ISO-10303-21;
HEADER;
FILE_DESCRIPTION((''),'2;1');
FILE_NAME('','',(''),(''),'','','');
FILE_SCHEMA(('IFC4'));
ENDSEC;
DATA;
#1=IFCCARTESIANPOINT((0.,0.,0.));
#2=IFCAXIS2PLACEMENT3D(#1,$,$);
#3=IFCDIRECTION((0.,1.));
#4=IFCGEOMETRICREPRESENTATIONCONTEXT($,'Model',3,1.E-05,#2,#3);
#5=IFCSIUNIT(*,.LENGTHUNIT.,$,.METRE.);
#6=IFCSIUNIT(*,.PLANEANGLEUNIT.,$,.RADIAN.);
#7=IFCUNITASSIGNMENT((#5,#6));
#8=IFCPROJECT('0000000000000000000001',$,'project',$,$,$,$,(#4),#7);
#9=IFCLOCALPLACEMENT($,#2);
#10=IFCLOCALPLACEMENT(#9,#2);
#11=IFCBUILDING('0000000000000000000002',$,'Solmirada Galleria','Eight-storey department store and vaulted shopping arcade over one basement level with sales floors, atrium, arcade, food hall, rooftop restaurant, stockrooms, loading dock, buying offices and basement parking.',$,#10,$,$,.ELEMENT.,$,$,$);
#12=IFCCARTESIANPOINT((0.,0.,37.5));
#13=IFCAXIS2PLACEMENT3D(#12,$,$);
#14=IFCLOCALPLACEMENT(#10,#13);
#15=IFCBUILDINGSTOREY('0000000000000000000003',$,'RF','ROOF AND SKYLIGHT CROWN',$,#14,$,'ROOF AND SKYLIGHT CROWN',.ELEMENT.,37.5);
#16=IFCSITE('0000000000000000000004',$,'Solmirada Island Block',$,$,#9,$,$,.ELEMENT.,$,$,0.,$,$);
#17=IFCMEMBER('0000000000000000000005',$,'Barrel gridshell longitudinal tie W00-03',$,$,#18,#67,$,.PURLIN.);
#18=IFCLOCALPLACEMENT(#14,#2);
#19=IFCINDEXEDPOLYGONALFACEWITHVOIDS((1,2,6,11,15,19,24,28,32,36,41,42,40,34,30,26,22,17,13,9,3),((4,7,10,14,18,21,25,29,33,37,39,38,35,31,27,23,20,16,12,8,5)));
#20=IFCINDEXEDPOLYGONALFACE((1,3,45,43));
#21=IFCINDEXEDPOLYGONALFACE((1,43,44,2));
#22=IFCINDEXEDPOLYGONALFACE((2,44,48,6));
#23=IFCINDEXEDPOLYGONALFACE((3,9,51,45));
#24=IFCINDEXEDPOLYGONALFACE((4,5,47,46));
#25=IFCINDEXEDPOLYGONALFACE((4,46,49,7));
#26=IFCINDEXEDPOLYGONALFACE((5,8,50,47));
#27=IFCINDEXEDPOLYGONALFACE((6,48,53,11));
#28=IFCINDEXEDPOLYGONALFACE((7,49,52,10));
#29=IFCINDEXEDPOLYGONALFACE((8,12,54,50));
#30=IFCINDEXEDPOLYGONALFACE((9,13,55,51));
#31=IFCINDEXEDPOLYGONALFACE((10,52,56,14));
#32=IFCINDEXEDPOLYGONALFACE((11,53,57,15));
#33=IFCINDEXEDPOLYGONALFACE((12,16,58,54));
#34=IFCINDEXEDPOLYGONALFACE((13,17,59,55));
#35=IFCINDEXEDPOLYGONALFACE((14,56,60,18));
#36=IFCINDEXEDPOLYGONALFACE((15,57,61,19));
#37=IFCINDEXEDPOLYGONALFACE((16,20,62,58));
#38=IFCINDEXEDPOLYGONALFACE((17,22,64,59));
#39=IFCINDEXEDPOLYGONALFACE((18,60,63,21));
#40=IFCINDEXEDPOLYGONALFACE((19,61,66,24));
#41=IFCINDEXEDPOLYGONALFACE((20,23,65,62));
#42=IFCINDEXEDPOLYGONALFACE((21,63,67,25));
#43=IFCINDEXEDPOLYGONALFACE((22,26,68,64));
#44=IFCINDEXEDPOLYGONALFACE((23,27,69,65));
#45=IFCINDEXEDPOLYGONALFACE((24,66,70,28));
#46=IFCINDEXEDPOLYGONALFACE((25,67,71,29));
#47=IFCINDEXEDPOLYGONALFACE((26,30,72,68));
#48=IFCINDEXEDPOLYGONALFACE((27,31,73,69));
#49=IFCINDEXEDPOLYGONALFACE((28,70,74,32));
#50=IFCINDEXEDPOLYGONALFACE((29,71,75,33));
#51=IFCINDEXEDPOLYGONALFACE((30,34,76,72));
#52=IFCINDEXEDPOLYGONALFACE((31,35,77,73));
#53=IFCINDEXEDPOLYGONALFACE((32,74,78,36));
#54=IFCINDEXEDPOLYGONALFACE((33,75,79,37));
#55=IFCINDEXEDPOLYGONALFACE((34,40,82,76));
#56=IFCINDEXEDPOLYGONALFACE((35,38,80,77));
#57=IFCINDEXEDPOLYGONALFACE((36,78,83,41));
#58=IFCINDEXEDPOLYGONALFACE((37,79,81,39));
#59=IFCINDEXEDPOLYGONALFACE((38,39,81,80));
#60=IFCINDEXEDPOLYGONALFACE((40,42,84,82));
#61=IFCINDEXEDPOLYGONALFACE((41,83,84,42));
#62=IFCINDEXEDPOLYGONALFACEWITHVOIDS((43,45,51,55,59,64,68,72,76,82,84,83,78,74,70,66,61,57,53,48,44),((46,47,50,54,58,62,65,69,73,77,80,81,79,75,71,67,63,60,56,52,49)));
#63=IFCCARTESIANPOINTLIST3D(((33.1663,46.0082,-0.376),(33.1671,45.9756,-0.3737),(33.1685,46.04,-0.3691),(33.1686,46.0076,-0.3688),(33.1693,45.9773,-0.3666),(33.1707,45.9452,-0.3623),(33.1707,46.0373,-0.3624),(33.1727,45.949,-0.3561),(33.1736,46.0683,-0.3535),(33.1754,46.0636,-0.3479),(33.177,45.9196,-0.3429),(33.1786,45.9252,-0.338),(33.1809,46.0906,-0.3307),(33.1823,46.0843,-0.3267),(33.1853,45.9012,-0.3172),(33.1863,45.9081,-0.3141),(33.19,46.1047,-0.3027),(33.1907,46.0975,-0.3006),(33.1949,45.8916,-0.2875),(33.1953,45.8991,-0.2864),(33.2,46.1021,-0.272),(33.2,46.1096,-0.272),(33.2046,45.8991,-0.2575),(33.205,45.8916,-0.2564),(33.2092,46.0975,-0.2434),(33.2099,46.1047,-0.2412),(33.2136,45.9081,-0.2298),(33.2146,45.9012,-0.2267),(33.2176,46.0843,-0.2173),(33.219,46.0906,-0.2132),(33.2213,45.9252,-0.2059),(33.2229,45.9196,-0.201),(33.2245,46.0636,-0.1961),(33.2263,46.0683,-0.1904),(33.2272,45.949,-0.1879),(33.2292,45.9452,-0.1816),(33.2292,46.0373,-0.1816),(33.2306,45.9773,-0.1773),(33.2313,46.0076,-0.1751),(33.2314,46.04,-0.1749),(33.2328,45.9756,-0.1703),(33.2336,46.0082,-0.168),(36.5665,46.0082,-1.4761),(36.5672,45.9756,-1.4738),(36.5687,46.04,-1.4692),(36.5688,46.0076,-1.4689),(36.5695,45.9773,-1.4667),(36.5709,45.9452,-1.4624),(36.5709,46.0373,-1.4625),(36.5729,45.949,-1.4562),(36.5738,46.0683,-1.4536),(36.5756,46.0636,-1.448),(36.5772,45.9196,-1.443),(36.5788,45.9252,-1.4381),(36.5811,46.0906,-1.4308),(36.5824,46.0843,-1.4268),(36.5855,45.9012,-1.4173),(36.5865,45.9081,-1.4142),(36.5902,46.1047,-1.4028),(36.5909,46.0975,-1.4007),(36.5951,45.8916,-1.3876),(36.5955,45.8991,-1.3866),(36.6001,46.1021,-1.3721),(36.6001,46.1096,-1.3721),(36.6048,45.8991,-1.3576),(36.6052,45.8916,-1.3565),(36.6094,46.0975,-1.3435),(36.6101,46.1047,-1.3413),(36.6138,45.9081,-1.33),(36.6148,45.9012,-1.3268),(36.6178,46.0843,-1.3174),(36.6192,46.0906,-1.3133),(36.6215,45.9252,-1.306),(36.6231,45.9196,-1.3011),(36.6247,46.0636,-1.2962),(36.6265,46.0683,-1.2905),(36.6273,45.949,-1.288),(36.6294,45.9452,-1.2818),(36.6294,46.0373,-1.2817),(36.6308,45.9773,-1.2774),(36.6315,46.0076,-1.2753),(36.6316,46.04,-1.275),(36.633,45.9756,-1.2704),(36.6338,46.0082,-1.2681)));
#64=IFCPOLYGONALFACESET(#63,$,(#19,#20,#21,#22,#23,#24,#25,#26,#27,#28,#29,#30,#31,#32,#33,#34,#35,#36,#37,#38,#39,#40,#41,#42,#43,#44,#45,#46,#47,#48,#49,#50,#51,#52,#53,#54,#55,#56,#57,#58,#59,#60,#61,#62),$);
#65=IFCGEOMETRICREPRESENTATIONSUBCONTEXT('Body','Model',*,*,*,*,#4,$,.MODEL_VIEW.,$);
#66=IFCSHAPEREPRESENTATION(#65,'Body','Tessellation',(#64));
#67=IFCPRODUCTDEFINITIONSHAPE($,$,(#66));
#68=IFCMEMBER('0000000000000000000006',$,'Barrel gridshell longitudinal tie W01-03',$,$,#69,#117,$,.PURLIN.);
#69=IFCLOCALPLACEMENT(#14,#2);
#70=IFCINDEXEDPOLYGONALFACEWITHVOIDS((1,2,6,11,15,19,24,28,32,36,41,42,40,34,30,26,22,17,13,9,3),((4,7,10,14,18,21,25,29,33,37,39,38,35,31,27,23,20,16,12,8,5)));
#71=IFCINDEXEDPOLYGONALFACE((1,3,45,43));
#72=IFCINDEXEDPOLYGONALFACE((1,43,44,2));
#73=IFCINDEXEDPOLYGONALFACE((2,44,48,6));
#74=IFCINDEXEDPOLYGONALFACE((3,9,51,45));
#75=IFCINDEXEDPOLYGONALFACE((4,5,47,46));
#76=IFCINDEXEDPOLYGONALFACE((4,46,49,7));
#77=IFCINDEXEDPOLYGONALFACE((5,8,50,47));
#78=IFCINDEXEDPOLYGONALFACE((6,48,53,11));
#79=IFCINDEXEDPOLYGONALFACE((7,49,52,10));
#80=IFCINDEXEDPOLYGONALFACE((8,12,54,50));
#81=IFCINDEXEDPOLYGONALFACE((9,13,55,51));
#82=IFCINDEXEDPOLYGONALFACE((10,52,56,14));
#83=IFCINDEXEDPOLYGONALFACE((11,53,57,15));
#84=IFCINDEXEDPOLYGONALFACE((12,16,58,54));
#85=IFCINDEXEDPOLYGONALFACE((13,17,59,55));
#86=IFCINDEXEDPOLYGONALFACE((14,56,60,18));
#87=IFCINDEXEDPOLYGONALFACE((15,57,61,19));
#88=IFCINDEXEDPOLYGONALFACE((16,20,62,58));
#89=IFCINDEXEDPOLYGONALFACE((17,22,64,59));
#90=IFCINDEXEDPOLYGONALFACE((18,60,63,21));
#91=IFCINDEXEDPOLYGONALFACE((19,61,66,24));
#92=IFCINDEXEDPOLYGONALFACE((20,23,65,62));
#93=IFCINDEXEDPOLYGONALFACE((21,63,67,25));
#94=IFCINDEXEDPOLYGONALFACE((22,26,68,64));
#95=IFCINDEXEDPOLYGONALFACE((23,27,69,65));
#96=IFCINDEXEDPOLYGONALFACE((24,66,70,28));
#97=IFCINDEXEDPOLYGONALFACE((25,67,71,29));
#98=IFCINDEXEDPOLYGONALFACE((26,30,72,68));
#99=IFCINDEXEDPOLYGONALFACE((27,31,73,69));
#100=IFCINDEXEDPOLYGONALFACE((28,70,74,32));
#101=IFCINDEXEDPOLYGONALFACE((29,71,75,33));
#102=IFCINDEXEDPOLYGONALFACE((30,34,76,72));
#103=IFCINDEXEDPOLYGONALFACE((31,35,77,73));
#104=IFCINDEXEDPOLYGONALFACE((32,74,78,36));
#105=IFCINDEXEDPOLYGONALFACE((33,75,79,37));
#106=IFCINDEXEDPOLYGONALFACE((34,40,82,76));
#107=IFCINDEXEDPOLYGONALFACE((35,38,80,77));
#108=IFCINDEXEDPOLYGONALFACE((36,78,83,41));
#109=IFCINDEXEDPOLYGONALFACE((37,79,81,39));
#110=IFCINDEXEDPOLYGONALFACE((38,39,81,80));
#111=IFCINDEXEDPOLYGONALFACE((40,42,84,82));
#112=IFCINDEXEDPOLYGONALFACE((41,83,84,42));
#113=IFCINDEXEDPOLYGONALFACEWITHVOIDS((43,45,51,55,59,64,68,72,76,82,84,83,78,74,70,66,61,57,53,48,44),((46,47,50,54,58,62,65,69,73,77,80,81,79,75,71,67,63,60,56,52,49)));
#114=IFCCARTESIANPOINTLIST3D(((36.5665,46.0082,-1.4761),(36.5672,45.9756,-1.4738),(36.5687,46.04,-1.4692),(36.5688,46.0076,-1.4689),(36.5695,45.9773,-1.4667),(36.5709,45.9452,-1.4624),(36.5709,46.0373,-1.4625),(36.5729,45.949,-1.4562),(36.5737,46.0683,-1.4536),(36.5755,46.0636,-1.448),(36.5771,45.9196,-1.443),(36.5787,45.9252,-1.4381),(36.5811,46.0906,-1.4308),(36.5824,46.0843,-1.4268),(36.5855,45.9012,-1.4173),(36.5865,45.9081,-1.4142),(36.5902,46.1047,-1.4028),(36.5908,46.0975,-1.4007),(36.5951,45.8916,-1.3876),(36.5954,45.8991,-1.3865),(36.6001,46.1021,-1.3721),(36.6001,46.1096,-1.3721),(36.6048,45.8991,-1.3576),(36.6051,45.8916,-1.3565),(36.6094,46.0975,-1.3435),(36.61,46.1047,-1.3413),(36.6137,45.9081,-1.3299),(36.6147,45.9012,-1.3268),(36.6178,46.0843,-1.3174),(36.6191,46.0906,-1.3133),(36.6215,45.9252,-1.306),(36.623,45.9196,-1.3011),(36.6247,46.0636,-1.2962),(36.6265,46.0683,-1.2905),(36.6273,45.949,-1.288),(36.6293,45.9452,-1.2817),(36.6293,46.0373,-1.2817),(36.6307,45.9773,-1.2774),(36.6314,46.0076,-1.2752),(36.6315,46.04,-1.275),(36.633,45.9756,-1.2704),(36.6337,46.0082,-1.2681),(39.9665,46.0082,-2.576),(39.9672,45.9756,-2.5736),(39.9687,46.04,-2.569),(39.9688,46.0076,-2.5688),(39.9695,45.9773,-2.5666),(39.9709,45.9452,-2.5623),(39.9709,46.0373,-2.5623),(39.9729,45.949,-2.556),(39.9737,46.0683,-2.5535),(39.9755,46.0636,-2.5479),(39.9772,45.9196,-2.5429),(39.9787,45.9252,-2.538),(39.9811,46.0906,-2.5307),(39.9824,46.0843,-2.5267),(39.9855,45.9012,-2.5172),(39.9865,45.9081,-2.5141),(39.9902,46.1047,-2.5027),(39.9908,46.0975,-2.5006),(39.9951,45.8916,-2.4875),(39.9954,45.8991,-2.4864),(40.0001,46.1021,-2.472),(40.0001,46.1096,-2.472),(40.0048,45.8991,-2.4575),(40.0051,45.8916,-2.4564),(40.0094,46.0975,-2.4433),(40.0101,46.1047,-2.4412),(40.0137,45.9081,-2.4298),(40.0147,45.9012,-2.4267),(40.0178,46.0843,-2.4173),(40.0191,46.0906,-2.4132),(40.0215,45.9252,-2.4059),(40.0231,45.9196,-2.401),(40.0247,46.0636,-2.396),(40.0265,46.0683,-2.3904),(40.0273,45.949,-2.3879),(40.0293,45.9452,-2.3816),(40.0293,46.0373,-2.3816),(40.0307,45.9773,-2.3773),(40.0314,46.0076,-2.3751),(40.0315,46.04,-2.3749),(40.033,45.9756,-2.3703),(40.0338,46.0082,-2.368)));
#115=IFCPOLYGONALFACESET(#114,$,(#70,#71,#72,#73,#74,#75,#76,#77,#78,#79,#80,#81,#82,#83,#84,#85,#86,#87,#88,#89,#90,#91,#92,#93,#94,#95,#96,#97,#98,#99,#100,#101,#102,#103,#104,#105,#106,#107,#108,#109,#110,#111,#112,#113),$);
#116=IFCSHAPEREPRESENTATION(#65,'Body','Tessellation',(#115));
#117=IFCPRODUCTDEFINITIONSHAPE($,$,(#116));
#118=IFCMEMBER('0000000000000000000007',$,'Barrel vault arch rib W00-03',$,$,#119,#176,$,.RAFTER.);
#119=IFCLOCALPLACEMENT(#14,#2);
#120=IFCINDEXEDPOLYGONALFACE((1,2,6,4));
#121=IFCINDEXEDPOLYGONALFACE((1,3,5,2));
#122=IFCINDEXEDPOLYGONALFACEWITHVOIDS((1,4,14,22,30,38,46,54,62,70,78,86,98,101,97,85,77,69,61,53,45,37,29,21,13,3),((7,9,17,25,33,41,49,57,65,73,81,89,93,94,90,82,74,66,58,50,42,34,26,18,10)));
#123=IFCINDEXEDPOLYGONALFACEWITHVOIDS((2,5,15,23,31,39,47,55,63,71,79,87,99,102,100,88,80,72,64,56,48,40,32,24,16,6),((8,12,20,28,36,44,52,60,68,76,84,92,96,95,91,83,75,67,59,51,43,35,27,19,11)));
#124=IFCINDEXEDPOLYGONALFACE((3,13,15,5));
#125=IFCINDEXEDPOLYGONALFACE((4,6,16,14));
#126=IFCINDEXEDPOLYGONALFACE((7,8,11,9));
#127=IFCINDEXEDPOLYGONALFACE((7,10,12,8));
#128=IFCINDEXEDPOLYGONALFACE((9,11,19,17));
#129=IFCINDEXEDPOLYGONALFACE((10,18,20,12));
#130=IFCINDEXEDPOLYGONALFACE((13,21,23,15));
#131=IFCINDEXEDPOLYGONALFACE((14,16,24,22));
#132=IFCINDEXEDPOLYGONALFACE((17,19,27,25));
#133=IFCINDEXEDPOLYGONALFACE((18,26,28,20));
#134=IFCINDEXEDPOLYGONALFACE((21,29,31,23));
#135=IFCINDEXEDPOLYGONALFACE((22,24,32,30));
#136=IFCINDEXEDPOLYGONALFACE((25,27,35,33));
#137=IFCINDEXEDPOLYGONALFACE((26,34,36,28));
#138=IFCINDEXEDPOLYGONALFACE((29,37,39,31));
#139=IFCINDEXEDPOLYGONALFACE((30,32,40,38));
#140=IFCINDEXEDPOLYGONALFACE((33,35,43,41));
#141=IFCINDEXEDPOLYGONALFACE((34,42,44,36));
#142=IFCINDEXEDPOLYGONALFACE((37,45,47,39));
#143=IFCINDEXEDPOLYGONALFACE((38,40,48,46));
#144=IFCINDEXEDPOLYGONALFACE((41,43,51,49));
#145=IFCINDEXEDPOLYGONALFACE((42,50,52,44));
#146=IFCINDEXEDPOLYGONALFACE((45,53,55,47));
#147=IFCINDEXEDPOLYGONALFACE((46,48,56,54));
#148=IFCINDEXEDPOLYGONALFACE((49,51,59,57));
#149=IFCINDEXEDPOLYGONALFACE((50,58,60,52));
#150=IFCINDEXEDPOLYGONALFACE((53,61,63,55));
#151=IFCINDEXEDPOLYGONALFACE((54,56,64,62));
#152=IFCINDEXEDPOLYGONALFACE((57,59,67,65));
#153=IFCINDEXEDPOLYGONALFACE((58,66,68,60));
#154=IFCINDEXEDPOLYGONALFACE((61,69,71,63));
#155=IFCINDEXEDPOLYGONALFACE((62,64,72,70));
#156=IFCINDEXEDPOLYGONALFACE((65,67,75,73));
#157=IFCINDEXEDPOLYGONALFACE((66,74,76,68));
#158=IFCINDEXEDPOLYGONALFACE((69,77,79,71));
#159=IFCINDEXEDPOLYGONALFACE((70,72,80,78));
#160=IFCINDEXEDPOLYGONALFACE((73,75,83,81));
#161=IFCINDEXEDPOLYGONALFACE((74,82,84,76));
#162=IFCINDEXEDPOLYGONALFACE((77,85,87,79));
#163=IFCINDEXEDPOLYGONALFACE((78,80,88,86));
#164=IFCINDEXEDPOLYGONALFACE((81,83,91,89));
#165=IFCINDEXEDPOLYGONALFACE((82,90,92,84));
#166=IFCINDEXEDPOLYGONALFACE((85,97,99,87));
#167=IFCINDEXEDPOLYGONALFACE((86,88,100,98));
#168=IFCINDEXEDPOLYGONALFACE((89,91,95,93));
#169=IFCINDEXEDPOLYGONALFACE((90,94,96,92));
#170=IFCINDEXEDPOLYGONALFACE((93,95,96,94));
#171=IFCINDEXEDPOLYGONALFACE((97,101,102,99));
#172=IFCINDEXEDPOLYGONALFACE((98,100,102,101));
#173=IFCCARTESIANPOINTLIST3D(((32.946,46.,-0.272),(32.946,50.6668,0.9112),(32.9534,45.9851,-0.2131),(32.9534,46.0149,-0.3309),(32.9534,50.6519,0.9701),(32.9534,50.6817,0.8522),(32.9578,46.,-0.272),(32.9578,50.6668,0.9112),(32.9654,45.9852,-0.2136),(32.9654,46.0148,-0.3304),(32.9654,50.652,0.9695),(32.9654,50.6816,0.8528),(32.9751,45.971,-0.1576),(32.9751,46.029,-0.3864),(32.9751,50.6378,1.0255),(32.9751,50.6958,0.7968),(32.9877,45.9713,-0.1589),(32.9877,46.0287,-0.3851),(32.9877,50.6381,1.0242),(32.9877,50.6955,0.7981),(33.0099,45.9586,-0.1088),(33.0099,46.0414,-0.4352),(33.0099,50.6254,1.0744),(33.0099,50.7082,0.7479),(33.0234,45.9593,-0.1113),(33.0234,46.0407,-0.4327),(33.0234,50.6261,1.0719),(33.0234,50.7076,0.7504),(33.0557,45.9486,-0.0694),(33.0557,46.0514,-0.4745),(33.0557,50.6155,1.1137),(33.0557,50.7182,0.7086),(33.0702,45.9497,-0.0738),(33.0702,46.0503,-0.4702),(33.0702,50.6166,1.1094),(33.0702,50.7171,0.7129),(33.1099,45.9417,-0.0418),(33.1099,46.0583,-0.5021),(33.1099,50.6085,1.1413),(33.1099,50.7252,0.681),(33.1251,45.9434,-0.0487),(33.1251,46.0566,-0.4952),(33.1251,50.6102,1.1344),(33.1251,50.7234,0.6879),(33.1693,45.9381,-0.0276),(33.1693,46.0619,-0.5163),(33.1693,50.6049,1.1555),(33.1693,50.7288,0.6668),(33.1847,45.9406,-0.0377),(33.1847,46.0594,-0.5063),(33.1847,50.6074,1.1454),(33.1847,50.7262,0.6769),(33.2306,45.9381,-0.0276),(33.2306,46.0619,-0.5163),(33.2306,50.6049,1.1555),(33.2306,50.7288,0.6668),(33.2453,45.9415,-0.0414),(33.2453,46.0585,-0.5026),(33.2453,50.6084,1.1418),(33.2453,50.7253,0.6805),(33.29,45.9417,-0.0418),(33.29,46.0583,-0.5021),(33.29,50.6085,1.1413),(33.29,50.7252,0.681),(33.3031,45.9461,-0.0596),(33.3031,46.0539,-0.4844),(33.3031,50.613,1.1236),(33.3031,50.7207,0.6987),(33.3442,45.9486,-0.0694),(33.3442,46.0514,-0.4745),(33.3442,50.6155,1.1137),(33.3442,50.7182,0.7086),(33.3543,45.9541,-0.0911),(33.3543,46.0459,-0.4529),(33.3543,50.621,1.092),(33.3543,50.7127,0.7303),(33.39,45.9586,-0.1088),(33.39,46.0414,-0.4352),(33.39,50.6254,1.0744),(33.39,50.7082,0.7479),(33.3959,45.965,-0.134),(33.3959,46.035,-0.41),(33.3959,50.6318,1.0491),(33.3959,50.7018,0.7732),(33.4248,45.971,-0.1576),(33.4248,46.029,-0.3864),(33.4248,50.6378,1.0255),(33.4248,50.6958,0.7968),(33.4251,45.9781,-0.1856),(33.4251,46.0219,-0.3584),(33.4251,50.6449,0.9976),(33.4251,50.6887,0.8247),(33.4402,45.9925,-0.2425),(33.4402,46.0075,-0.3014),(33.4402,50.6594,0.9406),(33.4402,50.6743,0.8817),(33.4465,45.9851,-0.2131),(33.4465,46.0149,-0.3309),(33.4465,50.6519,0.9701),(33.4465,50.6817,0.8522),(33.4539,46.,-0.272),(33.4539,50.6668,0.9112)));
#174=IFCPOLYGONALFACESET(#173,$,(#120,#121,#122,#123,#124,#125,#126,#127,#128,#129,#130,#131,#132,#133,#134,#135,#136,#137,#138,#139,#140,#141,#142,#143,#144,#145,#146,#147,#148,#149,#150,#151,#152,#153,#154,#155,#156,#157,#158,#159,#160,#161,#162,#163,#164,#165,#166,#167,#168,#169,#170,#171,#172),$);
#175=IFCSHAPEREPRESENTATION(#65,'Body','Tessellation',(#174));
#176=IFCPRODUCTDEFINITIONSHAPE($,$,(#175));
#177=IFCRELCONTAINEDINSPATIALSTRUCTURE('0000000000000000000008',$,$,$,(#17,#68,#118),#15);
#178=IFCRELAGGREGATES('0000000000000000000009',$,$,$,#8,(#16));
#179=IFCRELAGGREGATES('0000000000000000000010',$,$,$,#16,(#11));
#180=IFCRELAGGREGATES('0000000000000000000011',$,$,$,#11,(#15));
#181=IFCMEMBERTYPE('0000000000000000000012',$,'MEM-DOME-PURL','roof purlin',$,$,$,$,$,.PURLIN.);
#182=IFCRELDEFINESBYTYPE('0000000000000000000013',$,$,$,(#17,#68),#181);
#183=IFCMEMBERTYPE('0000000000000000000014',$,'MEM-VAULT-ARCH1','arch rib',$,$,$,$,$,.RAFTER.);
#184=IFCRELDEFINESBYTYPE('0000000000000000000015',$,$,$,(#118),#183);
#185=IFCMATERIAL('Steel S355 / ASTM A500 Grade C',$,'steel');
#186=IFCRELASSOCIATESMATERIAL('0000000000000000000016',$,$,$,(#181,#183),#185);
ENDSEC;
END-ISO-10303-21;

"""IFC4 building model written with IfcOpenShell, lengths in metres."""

from ifc_helpers import new_model, si_unit, direction, frame, origin, origin_2d, place, context, subcontext, project, spatial, hollow_circle, extrude, material, material_profile, profile_set, type_object, element, save


model = new_model("IFC4")

# Units and contexts
model_context = context("Model", 3, precision=1e-05, world=origin(), true_north=direction((0.0, 1.0)))
body_context = subcontext(model_context, "Body", "Model", "MODEL_VIEW")
ifc_project = project(units=[si_unit("LENGTHUNIT", "METRE"), si_unit("PLANEANGLEUNIT", "RADIAN")], contexts=[model_context])

# Site, building, storey
site_placement = place(None, origin())
site = spatial("IfcSite", under=ifc_project, at=site_placement, Name="Solmirada Island Block", CompositionType="ELEMENT", RefElevation=0.0)
building_placement = place(site_placement, origin())
building = spatial("IfcBuilding", under=site, at=building_placement, Name="Solmirada Galleria", Description="Eight-storey department store and vaulted shopping arcade over one basement level with sales floors, atrium, arcade, food hall, rooftop restaurant, stockrooms, loading dock, buying offices and basement parking.", CompositionType="ELEMENT")
storey_placement = place(building_placement, frame((0.0, 0.0, 37.5)))
storey = spatial("IfcBuildingStorey", under=building, at=storey_placement, Name="RF", Description="ROOF AND SKYLIGHT CROWN", LongName="ROOF AND SKYLIGHT CROWN", CompositionType="ELEMENT", Elevation=37.5)

# Members
ifc_material_1 = material(Name="Steel S355 / ASTM A500 Grade C", Category="steel")
ifc_material_profile_1 = material_profile(ifc_material_1, hollow_circle(Radius=0.1096, WallThickness=0.0076, at=origin_2d()), Name="HSS8.625X0.322")
ifc_profile_set_1 = profile_set([ifc_material_profile_1], Name="Steel S355 / ASTM A500 Grade C")
member_type_1 = type_object("IfcMemberType", Name="MEM-DOME-PURL", Description="roof purlin", PredefinedType="PURLIN", material=ifc_profile_set_1)
member_1_placement = place(storey_placement, frame((33.2, 46.0, -0.272), z_axis=(0.95144, 0.0, -0.307833), x_axis=(0.0, 1.0, 0.0)))
element("IfcMember", 1, at=member_1_placement, inside=storey, type_object=member_type_1, Name="Barrel gridshell longitudinal tie W00-03", PredefinedType="PURLIN", context=body_context, shape_type="SweptSolid", body=[
    extrude(hollow_circle(Radius=0.1096, WallThickness=0.0076, at=origin_2d()), origin(), (0.0, 0.0, 1.0), 3.5737),
])
member_2_placement = place(storey_placement, frame((36.6001, 46.0, -1.3721), z_axis=(0.951454, 0.0, -0.307791), x_axis=(0.0, 1.0, 0.0)))
element("IfcMember", 2, at=member_2_placement, inside=storey, type_object=member_type_1, Name="Barrel gridshell longitudinal tie W01-03", PredefinedType="PURLIN", context=body_context, shape_type="SweptSolid", body=[
    extrude(hollow_circle(Radius=0.1096, WallThickness=0.0076, at=origin_2d()), origin(), (0.0, 0.0, 1.0), 3.5735),
])
ifc_material_profile_2 = material_profile(ifc_material_1, hollow_circle(Radius=0.2539, WallThickness=0.0117, at=origin_2d()), Name="HSS20.000X0.500")
ifc_profile_set_2 = profile_set([ifc_material_profile_2], Name="Steel S355 / ASTM A500 Grade C")
member_type_2 = type_object("IfcMemberType", Name="MEM-VAULT-ARCH1", Description="arch rib", PredefinedType="RAFTER", material=ifc_profile_set_2)
member_3_placement = place(storey_placement, frame((33.2, 46.0, -0.272), z_axis=(0.0, 0.969335, 0.245744), x_axis=(-1.0, 0.0, 0.0)))
element("IfcMember", 3, at=member_3_placement, inside=storey, type_object=member_type_2, Name="Barrel vault arch rib W00-03", PredefinedType="RAFTER", context=body_context, shape_type="SweptSolid", body=[
    extrude(hollow_circle(Radius=0.2539, WallThickness=0.0117, at=origin_2d()), origin(), (0.0, 0.0, 1.0), 4.8145),
])

save(model, "model.ifc")
